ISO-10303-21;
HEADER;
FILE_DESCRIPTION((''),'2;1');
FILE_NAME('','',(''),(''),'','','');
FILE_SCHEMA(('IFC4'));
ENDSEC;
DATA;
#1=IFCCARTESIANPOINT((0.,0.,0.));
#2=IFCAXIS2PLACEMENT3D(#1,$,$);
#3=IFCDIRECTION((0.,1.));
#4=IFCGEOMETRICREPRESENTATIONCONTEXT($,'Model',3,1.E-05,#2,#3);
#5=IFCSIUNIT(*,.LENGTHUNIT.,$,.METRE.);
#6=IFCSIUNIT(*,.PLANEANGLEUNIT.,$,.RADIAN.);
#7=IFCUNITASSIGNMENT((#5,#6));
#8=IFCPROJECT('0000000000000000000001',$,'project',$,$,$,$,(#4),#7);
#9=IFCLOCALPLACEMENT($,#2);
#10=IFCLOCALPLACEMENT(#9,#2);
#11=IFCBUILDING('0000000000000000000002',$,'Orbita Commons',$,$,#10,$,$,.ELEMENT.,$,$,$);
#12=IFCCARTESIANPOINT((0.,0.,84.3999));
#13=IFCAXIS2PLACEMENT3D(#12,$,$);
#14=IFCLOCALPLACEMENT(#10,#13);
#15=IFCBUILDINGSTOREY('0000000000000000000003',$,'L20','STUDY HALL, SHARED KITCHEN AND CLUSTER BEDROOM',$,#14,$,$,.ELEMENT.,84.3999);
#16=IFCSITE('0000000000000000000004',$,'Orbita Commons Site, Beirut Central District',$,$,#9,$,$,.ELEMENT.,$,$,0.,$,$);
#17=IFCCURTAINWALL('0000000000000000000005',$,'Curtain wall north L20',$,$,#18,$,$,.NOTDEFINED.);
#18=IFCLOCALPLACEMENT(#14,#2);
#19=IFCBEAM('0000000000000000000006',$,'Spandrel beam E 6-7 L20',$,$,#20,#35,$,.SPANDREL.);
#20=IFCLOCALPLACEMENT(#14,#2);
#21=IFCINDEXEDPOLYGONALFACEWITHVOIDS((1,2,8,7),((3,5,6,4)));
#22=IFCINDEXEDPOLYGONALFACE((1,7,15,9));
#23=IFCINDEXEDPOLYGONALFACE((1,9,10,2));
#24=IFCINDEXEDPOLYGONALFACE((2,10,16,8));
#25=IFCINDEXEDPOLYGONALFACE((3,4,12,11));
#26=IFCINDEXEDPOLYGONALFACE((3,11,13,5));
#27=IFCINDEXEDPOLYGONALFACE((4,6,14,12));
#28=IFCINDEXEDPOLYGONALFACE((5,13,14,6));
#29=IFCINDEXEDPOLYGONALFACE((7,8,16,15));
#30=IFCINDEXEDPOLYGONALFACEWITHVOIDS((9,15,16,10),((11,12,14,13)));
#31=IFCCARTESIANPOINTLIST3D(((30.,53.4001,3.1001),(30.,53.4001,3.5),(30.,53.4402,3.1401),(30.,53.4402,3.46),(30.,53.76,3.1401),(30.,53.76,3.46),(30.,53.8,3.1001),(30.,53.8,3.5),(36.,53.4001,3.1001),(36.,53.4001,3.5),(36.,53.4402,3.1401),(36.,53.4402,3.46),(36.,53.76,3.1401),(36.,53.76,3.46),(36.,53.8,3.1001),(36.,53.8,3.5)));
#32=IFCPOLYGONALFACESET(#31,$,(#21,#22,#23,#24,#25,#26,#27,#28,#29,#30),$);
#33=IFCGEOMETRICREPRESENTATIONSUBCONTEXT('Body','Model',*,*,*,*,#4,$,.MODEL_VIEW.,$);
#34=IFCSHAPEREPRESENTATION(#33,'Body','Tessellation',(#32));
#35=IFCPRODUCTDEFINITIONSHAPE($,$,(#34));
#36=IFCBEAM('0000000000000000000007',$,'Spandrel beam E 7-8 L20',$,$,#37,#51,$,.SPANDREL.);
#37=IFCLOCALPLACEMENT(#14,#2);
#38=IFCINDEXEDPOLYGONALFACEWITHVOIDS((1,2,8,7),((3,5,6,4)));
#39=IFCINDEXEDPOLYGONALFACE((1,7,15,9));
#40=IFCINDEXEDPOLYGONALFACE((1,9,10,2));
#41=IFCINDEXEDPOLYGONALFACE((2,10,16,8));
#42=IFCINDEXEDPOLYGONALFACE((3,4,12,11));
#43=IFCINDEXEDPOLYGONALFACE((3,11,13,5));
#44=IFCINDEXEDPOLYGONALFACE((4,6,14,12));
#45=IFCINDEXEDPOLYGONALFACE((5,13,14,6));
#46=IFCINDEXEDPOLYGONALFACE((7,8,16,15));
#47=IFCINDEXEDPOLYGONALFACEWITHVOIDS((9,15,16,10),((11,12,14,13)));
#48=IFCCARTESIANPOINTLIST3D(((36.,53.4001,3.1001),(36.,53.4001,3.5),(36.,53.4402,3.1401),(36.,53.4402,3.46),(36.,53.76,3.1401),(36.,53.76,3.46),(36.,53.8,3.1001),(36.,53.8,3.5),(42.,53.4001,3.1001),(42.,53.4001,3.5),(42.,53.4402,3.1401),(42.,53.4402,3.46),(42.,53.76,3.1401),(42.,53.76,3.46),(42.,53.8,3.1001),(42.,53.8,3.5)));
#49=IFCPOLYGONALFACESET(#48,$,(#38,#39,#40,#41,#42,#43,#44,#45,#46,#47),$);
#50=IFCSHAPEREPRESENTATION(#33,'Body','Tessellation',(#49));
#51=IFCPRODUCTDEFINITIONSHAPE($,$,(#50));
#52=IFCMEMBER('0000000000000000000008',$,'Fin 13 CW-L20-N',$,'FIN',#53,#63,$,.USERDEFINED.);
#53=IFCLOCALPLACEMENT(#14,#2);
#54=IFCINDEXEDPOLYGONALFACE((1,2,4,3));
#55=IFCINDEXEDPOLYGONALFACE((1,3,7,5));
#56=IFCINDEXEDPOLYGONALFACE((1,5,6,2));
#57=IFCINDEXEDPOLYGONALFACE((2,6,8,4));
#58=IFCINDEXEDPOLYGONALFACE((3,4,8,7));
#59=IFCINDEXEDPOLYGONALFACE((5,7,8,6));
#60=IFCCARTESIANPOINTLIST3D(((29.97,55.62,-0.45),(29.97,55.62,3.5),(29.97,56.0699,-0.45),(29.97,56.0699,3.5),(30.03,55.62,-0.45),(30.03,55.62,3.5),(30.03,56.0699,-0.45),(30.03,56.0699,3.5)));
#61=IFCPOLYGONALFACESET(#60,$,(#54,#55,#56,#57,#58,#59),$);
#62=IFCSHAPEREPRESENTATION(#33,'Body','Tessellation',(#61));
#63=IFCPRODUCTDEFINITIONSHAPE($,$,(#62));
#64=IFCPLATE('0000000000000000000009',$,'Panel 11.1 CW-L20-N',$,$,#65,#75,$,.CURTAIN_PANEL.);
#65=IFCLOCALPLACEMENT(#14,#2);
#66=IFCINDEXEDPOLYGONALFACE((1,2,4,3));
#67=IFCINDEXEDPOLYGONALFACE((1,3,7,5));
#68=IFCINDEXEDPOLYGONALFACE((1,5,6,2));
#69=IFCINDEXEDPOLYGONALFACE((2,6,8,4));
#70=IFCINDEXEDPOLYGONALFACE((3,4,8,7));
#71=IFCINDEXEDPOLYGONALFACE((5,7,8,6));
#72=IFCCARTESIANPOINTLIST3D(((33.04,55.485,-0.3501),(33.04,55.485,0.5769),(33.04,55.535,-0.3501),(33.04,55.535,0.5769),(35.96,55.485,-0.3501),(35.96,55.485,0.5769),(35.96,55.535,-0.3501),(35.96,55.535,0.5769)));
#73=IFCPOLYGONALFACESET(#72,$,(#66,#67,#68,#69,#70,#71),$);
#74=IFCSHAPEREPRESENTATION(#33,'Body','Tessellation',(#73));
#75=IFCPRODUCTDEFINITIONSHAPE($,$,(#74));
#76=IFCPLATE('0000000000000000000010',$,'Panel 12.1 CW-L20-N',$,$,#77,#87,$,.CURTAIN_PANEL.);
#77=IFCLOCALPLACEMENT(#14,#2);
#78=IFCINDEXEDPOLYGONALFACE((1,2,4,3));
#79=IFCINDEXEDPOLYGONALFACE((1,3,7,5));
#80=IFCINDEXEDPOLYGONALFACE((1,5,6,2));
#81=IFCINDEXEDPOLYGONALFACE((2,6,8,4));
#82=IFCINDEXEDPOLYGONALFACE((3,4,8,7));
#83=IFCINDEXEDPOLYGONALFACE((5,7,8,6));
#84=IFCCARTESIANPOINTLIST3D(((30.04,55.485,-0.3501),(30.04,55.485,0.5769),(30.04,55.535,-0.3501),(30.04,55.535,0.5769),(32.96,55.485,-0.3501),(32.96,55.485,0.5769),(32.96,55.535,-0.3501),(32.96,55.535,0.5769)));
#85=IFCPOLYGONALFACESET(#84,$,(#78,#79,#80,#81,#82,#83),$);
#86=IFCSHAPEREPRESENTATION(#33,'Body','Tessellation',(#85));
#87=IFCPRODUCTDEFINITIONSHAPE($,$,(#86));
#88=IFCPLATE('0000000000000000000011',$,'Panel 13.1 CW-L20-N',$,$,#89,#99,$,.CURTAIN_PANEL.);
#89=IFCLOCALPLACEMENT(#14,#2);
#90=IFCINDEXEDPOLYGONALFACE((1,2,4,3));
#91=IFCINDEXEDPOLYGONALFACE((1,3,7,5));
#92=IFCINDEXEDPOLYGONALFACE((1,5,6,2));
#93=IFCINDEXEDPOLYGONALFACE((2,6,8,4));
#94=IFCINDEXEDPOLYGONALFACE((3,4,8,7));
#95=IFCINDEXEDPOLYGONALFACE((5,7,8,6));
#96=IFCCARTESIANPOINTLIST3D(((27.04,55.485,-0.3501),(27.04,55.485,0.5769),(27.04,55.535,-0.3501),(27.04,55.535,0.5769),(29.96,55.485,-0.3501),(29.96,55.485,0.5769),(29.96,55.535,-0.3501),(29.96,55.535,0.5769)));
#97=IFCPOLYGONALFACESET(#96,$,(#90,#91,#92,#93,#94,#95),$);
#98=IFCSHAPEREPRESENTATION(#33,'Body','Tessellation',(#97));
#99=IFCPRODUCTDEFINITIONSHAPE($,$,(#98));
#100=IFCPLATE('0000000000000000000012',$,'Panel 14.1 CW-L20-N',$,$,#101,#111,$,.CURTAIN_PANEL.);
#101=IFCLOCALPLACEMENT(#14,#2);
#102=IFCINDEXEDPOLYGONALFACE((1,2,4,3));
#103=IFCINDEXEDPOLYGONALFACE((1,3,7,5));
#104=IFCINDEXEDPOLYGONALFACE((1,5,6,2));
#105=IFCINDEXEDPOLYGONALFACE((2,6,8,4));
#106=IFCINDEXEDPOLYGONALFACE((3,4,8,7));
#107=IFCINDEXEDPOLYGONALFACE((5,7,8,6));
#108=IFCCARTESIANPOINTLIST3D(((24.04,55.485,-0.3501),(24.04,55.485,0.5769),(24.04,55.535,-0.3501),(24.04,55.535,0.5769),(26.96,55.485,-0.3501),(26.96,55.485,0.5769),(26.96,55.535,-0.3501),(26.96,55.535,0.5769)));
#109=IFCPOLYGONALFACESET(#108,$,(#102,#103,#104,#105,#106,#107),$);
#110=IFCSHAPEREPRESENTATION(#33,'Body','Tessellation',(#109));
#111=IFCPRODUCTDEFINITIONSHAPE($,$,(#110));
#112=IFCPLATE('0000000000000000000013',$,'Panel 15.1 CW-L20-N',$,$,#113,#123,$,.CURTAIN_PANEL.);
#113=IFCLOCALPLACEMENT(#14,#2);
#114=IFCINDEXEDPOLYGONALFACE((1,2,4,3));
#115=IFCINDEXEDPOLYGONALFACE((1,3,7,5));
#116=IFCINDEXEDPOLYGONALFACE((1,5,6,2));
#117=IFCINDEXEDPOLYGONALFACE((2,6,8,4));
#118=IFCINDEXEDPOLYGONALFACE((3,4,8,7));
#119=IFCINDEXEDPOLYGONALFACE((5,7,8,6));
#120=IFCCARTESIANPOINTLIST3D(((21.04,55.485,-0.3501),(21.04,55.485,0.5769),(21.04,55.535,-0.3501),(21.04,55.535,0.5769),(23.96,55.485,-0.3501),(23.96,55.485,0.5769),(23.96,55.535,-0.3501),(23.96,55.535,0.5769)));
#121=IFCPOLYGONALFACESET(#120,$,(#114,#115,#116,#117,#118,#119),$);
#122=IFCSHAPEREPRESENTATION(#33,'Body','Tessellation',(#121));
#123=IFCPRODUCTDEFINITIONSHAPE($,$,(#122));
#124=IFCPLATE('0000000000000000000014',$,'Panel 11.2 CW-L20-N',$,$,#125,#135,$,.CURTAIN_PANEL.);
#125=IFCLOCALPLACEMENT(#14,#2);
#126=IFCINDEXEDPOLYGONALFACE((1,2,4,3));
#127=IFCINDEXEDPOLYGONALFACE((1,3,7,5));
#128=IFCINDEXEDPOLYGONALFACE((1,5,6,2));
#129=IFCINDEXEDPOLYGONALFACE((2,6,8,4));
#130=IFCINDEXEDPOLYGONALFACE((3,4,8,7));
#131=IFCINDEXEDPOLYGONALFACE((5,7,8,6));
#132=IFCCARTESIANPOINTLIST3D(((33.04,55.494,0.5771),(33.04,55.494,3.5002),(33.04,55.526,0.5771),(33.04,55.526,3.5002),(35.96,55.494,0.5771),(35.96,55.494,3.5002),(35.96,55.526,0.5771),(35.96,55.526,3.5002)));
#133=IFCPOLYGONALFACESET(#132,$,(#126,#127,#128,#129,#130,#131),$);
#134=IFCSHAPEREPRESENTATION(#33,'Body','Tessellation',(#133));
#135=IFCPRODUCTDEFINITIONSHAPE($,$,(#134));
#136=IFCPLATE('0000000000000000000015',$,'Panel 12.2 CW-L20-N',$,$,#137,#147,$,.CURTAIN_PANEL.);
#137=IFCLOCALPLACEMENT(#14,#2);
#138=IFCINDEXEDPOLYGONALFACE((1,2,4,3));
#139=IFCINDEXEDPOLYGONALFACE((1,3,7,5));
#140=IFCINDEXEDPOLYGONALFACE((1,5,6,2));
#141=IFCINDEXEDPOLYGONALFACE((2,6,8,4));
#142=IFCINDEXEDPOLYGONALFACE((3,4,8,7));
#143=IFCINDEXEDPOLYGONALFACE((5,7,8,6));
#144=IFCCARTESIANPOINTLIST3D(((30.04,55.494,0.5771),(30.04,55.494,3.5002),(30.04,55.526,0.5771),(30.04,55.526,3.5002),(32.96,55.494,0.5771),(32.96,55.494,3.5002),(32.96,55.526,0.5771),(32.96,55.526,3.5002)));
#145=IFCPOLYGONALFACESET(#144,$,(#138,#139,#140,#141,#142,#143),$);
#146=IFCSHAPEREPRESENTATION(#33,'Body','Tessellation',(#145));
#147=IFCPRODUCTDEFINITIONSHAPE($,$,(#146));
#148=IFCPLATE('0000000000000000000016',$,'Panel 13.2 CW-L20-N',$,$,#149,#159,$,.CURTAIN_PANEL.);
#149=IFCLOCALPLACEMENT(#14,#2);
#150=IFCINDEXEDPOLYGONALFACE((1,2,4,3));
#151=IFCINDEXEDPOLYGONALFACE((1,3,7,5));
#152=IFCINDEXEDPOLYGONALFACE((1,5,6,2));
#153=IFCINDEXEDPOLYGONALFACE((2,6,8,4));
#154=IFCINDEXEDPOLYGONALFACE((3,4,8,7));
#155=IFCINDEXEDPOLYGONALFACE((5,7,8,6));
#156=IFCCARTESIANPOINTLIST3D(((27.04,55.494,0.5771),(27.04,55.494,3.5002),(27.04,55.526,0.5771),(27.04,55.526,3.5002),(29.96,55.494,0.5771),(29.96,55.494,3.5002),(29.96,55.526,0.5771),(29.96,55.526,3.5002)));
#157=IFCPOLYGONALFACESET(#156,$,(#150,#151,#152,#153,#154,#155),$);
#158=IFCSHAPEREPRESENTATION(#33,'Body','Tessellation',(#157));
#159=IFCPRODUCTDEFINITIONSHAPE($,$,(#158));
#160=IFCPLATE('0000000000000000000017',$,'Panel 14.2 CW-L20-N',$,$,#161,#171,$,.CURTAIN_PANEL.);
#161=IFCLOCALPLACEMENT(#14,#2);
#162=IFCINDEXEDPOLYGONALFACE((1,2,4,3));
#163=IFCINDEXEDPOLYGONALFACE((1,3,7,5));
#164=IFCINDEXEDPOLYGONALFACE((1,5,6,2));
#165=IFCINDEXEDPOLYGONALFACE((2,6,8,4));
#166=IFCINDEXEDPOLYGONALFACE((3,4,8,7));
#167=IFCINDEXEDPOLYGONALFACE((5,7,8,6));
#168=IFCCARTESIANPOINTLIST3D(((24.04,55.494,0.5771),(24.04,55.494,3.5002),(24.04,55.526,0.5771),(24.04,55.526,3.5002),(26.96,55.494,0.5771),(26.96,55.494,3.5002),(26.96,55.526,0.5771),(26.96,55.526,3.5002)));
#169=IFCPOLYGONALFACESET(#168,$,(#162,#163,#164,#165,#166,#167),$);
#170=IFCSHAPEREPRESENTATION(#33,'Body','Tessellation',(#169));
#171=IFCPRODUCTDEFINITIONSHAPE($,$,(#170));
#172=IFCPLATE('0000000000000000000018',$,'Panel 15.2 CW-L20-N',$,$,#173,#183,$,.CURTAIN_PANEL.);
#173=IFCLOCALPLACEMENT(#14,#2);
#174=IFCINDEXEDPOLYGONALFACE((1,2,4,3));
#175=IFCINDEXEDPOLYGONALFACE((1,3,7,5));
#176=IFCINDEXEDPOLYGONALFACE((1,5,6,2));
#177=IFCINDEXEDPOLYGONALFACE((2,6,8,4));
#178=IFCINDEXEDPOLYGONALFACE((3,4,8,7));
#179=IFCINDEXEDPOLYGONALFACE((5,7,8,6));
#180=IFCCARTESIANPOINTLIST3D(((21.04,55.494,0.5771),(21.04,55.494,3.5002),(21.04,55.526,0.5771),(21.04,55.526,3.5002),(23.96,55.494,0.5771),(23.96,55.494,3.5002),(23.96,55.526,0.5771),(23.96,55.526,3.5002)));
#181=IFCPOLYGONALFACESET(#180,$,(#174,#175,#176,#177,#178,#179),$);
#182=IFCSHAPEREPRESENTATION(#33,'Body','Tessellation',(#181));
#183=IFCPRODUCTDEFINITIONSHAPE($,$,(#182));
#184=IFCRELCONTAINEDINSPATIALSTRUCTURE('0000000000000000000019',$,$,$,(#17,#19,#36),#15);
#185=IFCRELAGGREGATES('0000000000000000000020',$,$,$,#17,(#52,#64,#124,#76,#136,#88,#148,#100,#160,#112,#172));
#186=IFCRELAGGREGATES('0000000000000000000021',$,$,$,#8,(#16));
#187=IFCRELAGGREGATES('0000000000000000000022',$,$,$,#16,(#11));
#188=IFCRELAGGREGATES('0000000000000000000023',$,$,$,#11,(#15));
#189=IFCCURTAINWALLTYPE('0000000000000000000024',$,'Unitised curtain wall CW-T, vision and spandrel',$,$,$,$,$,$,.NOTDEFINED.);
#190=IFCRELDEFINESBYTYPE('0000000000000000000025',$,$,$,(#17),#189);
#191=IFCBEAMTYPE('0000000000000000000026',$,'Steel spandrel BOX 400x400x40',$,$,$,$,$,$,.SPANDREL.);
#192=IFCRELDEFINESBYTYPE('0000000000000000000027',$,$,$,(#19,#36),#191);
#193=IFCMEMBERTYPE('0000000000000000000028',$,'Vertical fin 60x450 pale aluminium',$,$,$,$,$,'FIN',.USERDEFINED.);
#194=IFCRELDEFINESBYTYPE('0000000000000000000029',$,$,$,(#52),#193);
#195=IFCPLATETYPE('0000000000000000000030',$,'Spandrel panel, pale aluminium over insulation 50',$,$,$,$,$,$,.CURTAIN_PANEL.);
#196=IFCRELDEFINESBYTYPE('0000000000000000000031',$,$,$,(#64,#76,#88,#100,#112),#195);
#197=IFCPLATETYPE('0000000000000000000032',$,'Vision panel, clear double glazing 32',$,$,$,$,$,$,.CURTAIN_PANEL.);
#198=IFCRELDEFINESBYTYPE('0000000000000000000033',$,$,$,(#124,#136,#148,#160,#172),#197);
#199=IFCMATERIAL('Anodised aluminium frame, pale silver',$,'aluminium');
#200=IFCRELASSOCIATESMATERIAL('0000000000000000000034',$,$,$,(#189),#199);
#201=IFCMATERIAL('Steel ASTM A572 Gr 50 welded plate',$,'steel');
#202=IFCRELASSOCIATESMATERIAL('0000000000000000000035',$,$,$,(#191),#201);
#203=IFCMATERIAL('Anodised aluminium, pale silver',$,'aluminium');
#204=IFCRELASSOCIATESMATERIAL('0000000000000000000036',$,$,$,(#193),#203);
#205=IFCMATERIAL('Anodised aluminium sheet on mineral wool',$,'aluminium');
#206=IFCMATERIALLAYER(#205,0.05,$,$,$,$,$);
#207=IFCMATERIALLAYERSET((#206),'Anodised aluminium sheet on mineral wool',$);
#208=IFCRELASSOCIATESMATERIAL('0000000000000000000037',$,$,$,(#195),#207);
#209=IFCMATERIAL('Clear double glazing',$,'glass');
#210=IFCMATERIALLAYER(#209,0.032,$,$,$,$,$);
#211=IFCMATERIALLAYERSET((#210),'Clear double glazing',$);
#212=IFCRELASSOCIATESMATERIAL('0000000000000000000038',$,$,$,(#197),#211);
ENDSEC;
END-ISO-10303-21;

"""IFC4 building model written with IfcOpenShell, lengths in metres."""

from ifc_helpers import new_model, si_unit, direction, frame, origin, origin_2d, place, context, subcontext, project, spatial, rectangle, hollow_rectangle, extrude, material, layer, layer_set, material_profile, profile_set, type_object, element, aggregate, save


model = new_model("IFC4")

# Units and contexts
model_context = context("Model", 3, precision=1e-05, world=origin(), true_north=direction((0.0, 1.0)))
body_context = subcontext(model_context, "Body", "Model", "MODEL_VIEW")
ifc_project = project(units=[si_unit("LENGTHUNIT", "METRE"), si_unit("PLANEANGLEUNIT", "RADIAN")], contexts=[model_context])

# Site, building, storey
site_placement = place(None, origin())
site = spatial("IfcSite", under=ifc_project, at=site_placement, Name="Orbita Commons Site, Beirut Central District", CompositionType="ELEMENT", RefElevation=0.0)
building_placement = place(site_placement, origin())
building = spatial("IfcBuilding", under=site, at=building_placement, Name="Orbita Commons", CompositionType="ELEMENT")
storey_placement = place(building_placement, frame((0.0, 0.0, 84.3999)))
storey = spatial("IfcBuildingStorey", under=building, at=storey_placement, Name="L20", Description="STUDY HALL, SHARED KITCHEN AND CLUSTER BEDROOM", CompositionType="ELEMENT", Elevation=84.3999)

# Curtain wall
ifc_material_1 = material(Name="Anodised aluminium frame, pale silver", Category="aluminium")
curtain_wall_type = type_object("IfcCurtainWallType", Name="Unitised curtain wall CW-T, vision and spandrel", PredefinedType="NOTDEFINED", material=ifc_material_1)
curtain_wall_placement = place(storey_placement, origin())
curtain_wall = element("IfcCurtainWall", 1, at=curtain_wall_placement, inside=storey, type_object=curtain_wall_type, Name="Curtain wall north L20", PredefinedType="NOTDEFINED")

# Beams
ifc_material_2 = material(Name="Steel ASTM A572 Gr 50 welded plate", Category="steel")
ifc_material_profile_1 = material_profile(ifc_material_2, hollow_rectangle(XDim=0.3999, YDim=0.3999, WallThickness=0.04, at=origin_2d()), Name="BOX 400x400x40")
ifc_profile_set_1 = profile_set([ifc_material_profile_1], Name="Steel ASTM A572 Gr 50 welded plate")
beam_type = type_object("IfcBeamType", Name="Steel spandrel BOX 400x400x40", PredefinedType="SPANDREL", material=ifc_profile_set_1)
for number, where, z_axis, x_axis, name in (
    (2, (30.0, 53.6001, 3.3), (1.0, 0.0, 0.0), (0.0, 1.0, 0.0), "Spandrel beam E 6-7 L20"),
    (3, (36.0, 53.6001, 3.3), (1.0, 0.0, 0.0), (0.0, 1.0, 0.0), "Spandrel beam E 7-8 L20"),
):
    element("IfcBeam", number, at=place(storey_placement, frame(where, z_axis=z_axis, x_axis=x_axis)), inside=storey, type_object=beam_type, Name=name, PredefinedType="SPANDREL", context=body_context, shape_type="SweptSolid", body=[
        extrude(hollow_rectangle(XDim=0.3999, YDim=0.3999, WallThickness=0.04, at=origin_2d()), origin(), (0.0, 0.0, 1.0), 6.0),
    ])

# Member
ifc_material_3 = material(Name="Anodised aluminium, pale silver", Category="aluminium")
ifc_material_profile_2 = material_profile(ifc_material_3, rectangle(XDim=0.0601, YDim=0.45, at=origin_2d()), Name="FIN 60x450")
ifc_profile_set_2 = profile_set([ifc_material_profile_2], Name="Anodised aluminium, pale silver")
member_type_1 = type_object("IfcMemberType", Name="Vertical fin 60x450 pale aluminium", ElementType="FIN", PredefinedType="USERDEFINED", material=ifc_profile_set_2)
member_1_placement = place(storey_placement, frame((30.0, 55.845, -0.45), z_axis=(0.0, 0.0, 1.0), x_axis=(-1.0, 0.0, 0.0)))
member_1 = element("IfcMember", 4, at=member_1_placement, type_object=member_type_1, Name="Fin 13 CW-L20-N", ObjectType="FIN", PredefinedType="USERDEFINED", context=body_context, shape_type="SweptSolid", body=[
    extrude(rectangle(XDim=0.0601, YDim=0.45, at=origin_2d()), origin(), (0.0, 0.0, 1.0), 3.95),
])

# Plates
ifc_material_4 = material(Name="Anodised aluminium sheet on mineral wool", Category="aluminium")
ifc_layer_1 = layer(ifc_material_4, 0.05)
ifc_layer_set_1 = layer_set([ifc_layer_1], Name="Anodised aluminium sheet on mineral wool")
plate_type_1 = type_object("IfcPlateType", Name="Spandrel panel, pale aluminium over insulation 50", PredefinedType="CURTAIN_PANEL", material=ifc_layer_set_1)
plate_1_placement = place(storey_placement, frame((34.5, 55.51, -0.3501), z_axis=(0.0, 0.0, 1.0), x_axis=(-1.0, 0.0, 0.0)))
plate_1 = element("IfcPlate", 5, at=plate_1_placement, type_object=plate_type_1, Name="Panel 11.1 CW-L20-N", PredefinedType="CURTAIN_PANEL", context=body_context, shape_type="SweptSolid", body=[
    extrude(rectangle(XDim=2.9199, YDim=0.05, at=origin_2d()), origin(), (0.0, 0.0, 1.0), 0.927),
])
plate_2_placement = place(storey_placement, frame((31.5, 55.51, -0.3501), z_axis=(0.0, 0.0, 1.0), x_axis=(-1.0, 0.0, 0.0)))
plate_2 = element("IfcPlate", 6, at=plate_2_placement, type_object=plate_type_1, Name="Panel 12.1 CW-L20-N", PredefinedType="CURTAIN_PANEL", context=body_context, shape_type="SweptSolid", body=[
    extrude(rectangle(XDim=2.9199, YDim=0.05, at=origin_2d()), origin(), (0.0, 0.0, 1.0), 0.927),
])
plate_3_placement = place(storey_placement, frame((28.5, 55.51, -0.3501), z_axis=(0.0, 0.0, 1.0), x_axis=(-1.0, 0.0, 0.0)))
plate_3 = element("IfcPlate", 7, at=plate_3_placement, type_object=plate_type_1, Name="Panel 13.1 CW-L20-N", PredefinedType="CURTAIN_PANEL", context=body_context, shape_type="SweptSolid", body=[
    extrude(rectangle(XDim=2.9199, YDim=0.05, at=origin_2d()), origin(), (0.0, 0.0, 1.0), 0.927),
])
plate_4_placement = place(storey_placement, frame((25.5, 55.51, -0.3501), z_axis=(0.0, 0.0, 1.0), x_axis=(-1.0, 0.0, 0.0)))
plate_4 = element("IfcPlate", 8, at=plate_4_placement, type_object=plate_type_1, Name="Panel 14.1 CW-L20-N", PredefinedType="CURTAIN_PANEL", context=body_context, shape_type="SweptSolid", body=[
    extrude(rectangle(XDim=2.9199, YDim=0.05, at=origin_2d()), origin(), (0.0, 0.0, 1.0), 0.927),
])
plate_5_placement = place(storey_placement, frame((22.5, 55.51, -0.3501), z_axis=(0.0, 0.0, 1.0), x_axis=(-1.0, 0.0, 0.0)))
plate_5 = element("IfcPlate", 9, at=plate_5_placement, type_object=plate_type_1, Name="Panel 15.1 CW-L20-N", PredefinedType="CURTAIN_PANEL", context=body_context, shape_type="SweptSolid", body=[
    extrude(rectangle(XDim=2.9199, YDim=0.05, at=origin_2d()), origin(), (0.0, 0.0, 1.0), 0.927),
])
ifc_material_5 = material(Name="Clear double glazing", Category="glass")
ifc_layer_2 = layer(ifc_material_5, 0.032)
ifc_layer_set_2 = layer_set([ifc_layer_2], Name="Clear double glazing")
plate_type_2 = type_object("IfcPlateType", Name="Vision panel, clear double glazing 32", PredefinedType="CURTAIN_PANEL", material=ifc_layer_set_2)
plate_6_placement = place(storey_placement, frame((34.5, 55.51, 0.5771), z_axis=(0.0, 0.0, 1.0), x_axis=(-1.0, 0.0, 0.0)))
plate_6 = element("IfcPlate", 10, at=plate_6_placement, type_object=plate_type_2, Name="Panel 11.2 CW-L20-N", PredefinedType="CURTAIN_PANEL", context=body_context, shape_type="SweptSolid", body=[
    extrude(rectangle(XDim=2.9199, YDim=0.032, at=origin_2d()), origin(), (0.0, 0.0, 1.0), 2.9231),
])
plate_7_placement = place(storey_placement, frame((31.5, 55.51, 0.5771), z_axis=(0.0, 0.0, 1.0), x_axis=(-1.0, 0.0, 0.0)))
plate_7 = element("IfcPlate", 11, at=plate_7_placement, type_object=plate_type_2, Name="Panel 12.2 CW-L20-N", PredefinedType="CURTAIN_PANEL", context=body_context, shape_type="SweptSolid", body=[
    extrude(rectangle(XDim=2.9199, YDim=0.032, at=origin_2d()), origin(), (0.0, 0.0, 1.0), 2.9231),
])
plate_8_placement = place(storey_placement, frame((28.5, 55.51, 0.5771), z_axis=(0.0, 0.0, 1.0), x_axis=(-1.0, 0.0, 0.0)))
plate_8 = element("IfcPlate", 12, at=plate_8_placement, type_object=plate_type_2, Name="Panel 13.2 CW-L20-N", PredefinedType="CURTAIN_PANEL", context=body_context, shape_type="SweptSolid", body=[
    extrude(rectangle(XDim=2.9199, YDim=0.032, at=origin_2d()), origin(), (0.0, 0.0, 1.0), 2.9231),
])
plate_9_placement = place(storey_placement, frame((25.5, 55.51, 0.5771), z_axis=(0.0, 0.0, 1.0), x_axis=(-1.0, 0.0, 0.0)))
plate_9 = element("IfcPlate", 13, at=plate_9_placement, type_object=plate_type_2, Name="Panel 14.2 CW-L20-N", PredefinedType="CURTAIN_PANEL", context=body_context, shape_type="SweptSolid", body=[
    extrude(rectangle(XDim=2.9199, YDim=0.032, at=origin_2d()), origin(), (0.0, 0.0, 1.0), 2.9231),
])
plate_10_placement = place(storey_placement, frame((22.5, 55.51, 0.5771), z_axis=(0.0, 0.0, 1.0), x_axis=(-1.0, 0.0, 0.0)))
plate_10 = element("IfcPlate", 14, at=plate_10_placement, type_object=plate_type_2, Name="Panel 15.2 CW-L20-N", PredefinedType="CURTAIN_PANEL", context=body_context, shape_type="SweptSolid", body=[
    extrude(rectangle(XDim=2.9199, YDim=0.032, at=origin_2d()), origin(), (0.0, 0.0, 1.0), 2.9231),
])
aggregate(curtain_wall, [member_1, plate_1, plate_6, plate_2, plate_7, plate_3, plate_8, plate_4, plate_9, plate_5, plate_10])

save(model, "model.ifc")
